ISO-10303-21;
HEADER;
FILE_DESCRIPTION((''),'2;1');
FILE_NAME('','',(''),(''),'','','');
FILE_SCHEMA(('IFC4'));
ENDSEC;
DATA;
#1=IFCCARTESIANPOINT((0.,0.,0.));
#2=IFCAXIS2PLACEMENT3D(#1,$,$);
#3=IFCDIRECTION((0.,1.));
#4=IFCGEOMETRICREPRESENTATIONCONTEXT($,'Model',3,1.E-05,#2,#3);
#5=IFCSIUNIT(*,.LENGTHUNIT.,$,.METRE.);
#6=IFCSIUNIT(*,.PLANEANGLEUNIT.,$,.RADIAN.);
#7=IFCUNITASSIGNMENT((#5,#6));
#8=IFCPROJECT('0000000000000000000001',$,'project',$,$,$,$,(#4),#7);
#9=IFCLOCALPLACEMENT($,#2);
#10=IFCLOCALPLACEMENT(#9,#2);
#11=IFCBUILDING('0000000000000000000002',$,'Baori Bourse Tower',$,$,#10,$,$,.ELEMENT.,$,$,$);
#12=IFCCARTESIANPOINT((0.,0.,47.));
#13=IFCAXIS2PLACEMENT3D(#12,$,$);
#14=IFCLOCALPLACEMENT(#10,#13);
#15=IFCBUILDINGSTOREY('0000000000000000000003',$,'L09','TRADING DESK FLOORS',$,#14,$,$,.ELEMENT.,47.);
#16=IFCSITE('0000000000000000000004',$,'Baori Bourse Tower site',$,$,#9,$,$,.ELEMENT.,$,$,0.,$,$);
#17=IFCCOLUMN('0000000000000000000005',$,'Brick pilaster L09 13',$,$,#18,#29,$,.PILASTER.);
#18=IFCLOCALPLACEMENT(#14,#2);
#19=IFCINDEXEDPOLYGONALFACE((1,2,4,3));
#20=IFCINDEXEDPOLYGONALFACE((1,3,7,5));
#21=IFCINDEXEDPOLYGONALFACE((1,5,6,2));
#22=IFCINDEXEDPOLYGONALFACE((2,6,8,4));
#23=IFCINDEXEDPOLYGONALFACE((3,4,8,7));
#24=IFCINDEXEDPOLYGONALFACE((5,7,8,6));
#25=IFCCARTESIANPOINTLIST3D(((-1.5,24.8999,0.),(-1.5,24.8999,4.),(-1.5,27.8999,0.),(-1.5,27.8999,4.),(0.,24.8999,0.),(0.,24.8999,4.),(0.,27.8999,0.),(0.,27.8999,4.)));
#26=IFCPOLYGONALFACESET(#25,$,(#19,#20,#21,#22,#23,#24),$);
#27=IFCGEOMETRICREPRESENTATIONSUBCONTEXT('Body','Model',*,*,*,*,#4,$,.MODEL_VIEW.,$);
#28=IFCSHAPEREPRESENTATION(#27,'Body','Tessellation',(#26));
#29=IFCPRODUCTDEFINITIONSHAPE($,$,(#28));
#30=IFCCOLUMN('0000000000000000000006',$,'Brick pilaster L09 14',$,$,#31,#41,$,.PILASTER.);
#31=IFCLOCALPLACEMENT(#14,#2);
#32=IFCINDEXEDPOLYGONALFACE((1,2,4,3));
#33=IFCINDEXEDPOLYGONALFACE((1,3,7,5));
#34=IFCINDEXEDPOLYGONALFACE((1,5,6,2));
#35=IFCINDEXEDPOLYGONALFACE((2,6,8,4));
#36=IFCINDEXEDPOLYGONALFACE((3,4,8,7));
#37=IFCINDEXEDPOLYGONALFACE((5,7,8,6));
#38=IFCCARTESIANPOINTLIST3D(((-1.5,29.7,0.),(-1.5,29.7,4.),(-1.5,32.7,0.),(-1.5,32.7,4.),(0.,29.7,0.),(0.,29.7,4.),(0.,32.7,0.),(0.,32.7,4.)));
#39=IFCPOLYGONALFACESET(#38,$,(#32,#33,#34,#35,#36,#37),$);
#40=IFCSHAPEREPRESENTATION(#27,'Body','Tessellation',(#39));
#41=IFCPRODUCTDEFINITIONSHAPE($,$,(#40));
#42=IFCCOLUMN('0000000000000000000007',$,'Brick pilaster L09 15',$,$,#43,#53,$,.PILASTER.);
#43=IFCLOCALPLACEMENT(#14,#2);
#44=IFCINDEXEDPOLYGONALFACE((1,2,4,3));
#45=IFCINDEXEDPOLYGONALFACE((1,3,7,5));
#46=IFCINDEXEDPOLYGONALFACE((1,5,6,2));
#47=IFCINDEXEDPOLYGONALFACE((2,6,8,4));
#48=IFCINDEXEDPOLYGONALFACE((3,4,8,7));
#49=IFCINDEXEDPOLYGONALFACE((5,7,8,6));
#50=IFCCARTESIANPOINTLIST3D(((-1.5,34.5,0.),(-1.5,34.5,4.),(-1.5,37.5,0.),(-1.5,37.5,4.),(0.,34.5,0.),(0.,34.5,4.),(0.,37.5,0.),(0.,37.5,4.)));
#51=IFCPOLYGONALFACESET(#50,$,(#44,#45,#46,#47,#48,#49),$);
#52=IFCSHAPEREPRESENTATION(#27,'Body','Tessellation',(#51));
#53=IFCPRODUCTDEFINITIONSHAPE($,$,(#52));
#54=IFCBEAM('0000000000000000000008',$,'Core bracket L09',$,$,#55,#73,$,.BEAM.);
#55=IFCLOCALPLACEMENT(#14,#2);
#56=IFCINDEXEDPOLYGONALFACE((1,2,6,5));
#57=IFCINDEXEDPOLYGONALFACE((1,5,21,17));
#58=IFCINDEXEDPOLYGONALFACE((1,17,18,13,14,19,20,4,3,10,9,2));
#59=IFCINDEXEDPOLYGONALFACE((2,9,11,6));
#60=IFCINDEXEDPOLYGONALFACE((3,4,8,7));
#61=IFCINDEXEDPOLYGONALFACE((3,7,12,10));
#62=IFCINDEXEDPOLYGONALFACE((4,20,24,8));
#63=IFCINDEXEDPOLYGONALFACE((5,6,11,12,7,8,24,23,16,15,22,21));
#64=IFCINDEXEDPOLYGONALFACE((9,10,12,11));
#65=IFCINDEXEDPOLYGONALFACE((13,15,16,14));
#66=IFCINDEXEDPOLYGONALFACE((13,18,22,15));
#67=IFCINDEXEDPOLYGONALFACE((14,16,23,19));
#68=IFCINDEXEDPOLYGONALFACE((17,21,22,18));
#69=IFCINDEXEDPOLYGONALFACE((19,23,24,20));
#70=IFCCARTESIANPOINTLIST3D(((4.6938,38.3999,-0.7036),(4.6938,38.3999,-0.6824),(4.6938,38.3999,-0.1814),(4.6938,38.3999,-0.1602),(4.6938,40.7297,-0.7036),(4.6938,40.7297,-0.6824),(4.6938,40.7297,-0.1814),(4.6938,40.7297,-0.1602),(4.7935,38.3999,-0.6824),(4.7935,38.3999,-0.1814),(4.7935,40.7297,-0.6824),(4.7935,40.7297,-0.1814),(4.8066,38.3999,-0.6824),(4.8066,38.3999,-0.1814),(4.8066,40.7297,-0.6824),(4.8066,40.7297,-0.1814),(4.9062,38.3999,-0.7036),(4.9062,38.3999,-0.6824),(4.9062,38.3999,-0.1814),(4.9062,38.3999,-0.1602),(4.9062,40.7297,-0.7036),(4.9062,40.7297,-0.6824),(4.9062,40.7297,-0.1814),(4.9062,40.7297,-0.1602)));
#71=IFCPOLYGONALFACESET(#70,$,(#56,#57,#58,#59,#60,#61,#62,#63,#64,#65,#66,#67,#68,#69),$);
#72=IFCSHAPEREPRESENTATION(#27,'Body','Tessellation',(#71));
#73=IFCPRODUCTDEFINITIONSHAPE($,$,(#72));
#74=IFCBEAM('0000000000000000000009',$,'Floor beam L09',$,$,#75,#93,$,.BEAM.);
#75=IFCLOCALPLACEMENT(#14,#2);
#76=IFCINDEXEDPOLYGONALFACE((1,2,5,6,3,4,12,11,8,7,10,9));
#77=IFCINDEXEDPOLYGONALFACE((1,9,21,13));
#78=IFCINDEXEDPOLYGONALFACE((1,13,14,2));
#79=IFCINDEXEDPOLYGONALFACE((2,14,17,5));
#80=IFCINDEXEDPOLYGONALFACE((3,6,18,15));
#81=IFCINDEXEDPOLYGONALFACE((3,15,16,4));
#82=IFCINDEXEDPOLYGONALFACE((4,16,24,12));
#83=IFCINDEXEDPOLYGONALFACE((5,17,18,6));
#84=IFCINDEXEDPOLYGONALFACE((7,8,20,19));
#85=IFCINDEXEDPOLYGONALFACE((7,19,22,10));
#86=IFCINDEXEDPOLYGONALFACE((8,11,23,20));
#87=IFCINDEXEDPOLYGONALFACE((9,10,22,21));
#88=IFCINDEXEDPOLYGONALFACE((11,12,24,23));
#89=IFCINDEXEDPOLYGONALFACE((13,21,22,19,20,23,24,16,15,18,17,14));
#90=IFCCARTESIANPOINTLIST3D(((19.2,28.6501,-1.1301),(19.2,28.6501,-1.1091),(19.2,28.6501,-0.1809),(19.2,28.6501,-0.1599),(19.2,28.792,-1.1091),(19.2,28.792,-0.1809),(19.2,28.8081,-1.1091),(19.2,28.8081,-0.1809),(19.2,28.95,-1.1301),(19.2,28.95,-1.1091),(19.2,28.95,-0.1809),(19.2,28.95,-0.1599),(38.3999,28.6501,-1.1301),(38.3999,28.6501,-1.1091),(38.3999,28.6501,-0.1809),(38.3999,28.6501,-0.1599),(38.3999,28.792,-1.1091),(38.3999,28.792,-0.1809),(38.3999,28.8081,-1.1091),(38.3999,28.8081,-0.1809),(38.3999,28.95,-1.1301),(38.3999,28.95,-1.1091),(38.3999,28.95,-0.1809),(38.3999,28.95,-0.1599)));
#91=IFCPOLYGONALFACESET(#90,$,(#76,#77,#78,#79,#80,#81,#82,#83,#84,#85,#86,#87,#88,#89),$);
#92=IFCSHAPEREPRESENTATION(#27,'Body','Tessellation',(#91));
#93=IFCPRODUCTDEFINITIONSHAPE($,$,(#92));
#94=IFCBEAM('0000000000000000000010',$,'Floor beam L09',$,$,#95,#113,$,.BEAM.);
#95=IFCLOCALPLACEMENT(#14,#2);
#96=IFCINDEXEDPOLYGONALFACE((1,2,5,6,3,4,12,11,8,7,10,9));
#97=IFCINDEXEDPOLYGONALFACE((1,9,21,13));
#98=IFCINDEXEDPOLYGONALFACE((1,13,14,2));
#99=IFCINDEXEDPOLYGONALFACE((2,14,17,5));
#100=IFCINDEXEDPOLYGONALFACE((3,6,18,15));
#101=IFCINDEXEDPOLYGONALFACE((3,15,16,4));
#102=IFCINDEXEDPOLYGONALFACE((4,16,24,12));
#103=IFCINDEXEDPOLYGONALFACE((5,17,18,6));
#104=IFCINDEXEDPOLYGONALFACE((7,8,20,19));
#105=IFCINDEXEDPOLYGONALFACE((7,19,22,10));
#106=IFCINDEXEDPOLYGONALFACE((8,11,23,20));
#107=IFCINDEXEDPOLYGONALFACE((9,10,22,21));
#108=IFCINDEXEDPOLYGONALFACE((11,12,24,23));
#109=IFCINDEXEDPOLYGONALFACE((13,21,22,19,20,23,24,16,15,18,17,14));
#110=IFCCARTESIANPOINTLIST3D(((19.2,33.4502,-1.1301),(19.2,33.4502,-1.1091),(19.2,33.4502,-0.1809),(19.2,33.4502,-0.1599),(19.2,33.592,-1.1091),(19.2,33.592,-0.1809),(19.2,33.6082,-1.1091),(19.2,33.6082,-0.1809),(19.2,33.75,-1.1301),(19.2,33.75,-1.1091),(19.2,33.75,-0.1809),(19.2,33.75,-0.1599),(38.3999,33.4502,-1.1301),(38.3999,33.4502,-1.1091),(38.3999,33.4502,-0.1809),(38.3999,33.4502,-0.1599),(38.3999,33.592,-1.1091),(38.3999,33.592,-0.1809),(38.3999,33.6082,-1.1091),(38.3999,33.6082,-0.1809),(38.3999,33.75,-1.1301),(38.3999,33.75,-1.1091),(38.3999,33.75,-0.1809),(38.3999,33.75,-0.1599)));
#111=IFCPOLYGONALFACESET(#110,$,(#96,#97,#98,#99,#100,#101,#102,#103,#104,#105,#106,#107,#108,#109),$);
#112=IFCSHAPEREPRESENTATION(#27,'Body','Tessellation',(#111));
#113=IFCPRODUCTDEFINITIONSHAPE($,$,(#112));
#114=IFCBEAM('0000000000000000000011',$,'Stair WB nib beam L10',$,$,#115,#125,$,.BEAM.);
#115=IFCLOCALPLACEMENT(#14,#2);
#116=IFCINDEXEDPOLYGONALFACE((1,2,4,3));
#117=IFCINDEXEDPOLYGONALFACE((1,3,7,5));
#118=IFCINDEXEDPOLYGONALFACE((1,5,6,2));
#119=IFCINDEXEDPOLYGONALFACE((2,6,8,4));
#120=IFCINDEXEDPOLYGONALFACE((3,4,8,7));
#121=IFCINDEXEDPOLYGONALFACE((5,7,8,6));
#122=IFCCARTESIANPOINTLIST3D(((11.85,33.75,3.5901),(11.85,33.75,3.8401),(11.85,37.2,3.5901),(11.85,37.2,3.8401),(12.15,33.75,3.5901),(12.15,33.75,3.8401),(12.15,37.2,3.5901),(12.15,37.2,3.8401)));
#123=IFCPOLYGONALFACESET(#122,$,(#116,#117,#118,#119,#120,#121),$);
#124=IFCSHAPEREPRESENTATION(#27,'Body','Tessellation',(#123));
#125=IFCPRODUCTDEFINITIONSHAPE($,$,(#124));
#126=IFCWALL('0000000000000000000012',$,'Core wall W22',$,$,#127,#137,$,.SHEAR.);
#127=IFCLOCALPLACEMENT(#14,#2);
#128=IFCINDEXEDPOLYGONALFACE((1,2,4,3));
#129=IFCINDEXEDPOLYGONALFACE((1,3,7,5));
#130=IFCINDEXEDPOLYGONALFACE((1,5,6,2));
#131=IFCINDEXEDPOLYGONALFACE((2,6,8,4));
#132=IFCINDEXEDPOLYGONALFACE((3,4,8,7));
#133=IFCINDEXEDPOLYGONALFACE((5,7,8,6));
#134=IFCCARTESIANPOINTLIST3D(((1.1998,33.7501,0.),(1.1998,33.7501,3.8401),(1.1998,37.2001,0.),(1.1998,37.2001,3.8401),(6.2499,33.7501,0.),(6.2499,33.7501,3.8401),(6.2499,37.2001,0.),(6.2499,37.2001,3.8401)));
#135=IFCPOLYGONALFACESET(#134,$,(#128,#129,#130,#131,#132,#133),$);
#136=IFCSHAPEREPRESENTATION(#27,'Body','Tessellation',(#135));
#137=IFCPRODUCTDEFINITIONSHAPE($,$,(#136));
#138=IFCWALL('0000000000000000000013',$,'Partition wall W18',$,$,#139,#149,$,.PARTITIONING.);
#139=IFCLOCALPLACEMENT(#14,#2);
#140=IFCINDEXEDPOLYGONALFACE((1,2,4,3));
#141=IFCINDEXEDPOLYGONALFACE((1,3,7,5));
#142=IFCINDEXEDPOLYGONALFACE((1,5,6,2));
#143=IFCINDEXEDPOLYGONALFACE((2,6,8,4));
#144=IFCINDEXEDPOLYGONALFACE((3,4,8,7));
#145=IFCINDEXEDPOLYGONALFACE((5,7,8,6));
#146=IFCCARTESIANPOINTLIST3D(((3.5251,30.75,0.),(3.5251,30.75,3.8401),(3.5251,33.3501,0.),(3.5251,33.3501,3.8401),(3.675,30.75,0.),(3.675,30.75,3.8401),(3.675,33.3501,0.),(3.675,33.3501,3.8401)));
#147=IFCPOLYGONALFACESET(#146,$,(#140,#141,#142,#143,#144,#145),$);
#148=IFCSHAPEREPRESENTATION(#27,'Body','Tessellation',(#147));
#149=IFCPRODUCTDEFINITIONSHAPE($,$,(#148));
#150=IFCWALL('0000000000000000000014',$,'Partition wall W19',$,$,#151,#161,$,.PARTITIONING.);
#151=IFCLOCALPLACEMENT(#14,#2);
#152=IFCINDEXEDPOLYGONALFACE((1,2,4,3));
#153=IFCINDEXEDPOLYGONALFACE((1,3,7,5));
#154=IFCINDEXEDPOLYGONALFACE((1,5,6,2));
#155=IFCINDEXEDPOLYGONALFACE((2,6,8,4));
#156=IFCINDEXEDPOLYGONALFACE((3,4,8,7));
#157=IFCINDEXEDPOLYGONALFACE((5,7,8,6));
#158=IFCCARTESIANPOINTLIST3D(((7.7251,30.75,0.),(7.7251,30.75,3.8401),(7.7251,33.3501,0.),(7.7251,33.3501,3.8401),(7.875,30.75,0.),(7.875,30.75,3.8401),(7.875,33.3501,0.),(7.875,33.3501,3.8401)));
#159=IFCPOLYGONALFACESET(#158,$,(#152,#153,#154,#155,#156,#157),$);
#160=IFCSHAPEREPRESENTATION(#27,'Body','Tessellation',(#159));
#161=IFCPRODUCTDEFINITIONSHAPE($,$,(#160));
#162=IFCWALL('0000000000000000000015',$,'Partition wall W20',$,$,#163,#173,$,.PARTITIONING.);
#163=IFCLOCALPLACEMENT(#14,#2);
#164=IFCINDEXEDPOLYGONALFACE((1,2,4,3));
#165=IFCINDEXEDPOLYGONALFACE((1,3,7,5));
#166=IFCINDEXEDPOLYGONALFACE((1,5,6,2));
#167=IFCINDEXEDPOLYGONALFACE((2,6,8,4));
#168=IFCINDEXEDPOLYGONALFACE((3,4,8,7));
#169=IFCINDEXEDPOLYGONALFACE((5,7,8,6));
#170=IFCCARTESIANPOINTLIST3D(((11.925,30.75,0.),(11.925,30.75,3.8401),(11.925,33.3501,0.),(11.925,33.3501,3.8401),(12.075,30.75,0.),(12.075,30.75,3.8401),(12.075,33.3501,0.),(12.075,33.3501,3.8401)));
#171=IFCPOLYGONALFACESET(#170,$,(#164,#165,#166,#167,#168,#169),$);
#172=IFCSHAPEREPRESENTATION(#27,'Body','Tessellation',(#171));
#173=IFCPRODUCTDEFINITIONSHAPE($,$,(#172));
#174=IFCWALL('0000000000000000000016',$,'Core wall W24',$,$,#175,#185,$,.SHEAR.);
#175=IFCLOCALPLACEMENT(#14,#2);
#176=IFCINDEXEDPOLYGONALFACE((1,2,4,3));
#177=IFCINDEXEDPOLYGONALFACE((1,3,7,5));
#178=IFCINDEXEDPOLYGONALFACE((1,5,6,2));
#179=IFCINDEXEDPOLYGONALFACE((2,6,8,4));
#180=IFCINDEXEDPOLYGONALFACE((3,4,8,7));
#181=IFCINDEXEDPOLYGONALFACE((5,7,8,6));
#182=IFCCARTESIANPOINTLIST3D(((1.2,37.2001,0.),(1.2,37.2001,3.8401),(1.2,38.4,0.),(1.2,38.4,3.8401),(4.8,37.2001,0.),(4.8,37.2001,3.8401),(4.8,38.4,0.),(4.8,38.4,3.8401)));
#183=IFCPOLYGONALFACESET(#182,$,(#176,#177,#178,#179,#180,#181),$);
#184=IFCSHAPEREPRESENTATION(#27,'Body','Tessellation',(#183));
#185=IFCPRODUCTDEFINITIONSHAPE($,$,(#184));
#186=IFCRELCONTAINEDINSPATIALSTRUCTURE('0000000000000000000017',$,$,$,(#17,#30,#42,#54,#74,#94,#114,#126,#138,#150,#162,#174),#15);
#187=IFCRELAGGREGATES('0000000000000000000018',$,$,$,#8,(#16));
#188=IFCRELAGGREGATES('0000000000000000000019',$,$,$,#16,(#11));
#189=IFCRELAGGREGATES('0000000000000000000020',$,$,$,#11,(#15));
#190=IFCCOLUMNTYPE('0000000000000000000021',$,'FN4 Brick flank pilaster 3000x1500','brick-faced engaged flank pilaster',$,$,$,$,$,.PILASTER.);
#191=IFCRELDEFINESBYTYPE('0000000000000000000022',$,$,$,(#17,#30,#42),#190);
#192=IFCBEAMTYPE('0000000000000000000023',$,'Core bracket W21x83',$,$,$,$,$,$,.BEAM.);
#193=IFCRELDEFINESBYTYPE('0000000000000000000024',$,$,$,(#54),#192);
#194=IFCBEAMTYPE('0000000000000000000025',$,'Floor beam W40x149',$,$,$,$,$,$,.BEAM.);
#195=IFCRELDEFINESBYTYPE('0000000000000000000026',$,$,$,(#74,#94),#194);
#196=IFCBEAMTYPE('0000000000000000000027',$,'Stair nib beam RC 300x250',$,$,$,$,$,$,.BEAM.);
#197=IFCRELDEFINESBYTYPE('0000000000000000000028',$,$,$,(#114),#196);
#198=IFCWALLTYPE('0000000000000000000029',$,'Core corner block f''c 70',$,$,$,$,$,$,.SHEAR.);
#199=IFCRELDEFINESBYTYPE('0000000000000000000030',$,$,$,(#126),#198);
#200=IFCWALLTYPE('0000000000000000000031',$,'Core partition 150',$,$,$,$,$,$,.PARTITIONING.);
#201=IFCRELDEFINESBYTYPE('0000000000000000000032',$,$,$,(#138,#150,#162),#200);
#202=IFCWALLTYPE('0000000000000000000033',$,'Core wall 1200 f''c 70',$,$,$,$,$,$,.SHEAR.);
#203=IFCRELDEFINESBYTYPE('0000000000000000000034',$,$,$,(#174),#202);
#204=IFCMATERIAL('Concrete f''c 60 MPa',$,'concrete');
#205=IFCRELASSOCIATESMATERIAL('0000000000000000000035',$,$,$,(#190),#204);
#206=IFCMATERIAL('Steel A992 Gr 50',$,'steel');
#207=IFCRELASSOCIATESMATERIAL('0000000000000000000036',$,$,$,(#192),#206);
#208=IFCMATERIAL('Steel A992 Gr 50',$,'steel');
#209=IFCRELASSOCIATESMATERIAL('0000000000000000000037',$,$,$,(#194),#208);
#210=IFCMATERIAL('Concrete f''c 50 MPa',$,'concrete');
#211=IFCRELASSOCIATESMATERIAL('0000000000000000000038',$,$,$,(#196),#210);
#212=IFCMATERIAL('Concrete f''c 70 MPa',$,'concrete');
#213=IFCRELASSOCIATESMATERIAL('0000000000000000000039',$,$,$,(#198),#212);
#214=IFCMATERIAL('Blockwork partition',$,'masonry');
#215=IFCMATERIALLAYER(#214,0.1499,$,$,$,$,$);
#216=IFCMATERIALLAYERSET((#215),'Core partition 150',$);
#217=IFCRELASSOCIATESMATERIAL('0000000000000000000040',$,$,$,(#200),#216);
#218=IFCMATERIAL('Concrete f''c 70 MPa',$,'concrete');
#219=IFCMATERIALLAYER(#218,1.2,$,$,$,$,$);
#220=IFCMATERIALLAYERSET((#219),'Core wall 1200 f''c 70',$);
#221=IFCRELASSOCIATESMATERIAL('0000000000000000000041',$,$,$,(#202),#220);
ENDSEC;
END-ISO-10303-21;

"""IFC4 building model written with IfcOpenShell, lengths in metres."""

from ifc_helpers import new_model, si_unit, direction, frame, frame_2d, origin, origin_2d, place, context, subcontext, project, spatial, rectangle, i_section, extrude, material, layer, layer_set, material_profile, profile_set, type_object, element, save


model = new_model("IFC4")

# Units and contexts
model_context = context("Model", 3, precision=1e-05, world=origin(), true_north=direction((0.0, 1.0)))
body_context = subcontext(model_context, "Body", "Model", "MODEL_VIEW")
ifc_project = project(units=[si_unit("LENGTHUNIT", "METRE"), si_unit("PLANEANGLEUNIT", "RADIAN")], contexts=[model_context])

# Site, building, storey
site_placement = place(None, origin())
site = spatial("IfcSite", under=ifc_project, at=site_placement, Name="Baori Bourse Tower site", CompositionType="ELEMENT", RefElevation=0.0)
building_placement = place(site_placement, origin())
building = spatial("IfcBuilding", under=site, at=building_placement, Name="Baori Bourse Tower", CompositionType="ELEMENT")
storey_placement = place(building_placement, frame((0.0, 0.0, 47.0)))
storey = spatial("IfcBuildingStorey", under=building, at=storey_placement, Name="L09", Description="TRADING DESK FLOORS", CompositionType="ELEMENT", Elevation=47.0)

# Columns
ifc_material_1 = material(Name="Concrete f'c 60 MPa", Category="concrete")
ifc_material_profile_1 = material_profile(ifc_material_1, rectangle(XDim=3.0, YDim=1.5, at=origin_2d()), Name="RC 3000x1500")
ifc_profile_set_1 = profile_set([ifc_material_profile_1], Name="Concrete f'c 60 MPa")
column_type = type_object("IfcColumnType", Name="FN4 Brick flank pilaster 3000x1500", Description="brick-faced engaged flank pilaster", PredefinedType="PILASTER", material=ifc_profile_set_1)
for number, where, z_axis, x_axis, name in (
    (1, (-0.75, 26.3999, 0.0), (0.0, 0.0, 1.0), (0.0, 1.0, 0.0), "Brick pilaster L09 13"),
    (2, (-0.75, 31.2, 0.0), (0.0, 0.0, 1.0), (0.0, 1.0, 0.0), "Brick pilaster L09 14"),
    (3, (-0.75, 36.0, 0.0), (0.0, 0.0, 1.0), (0.0, 1.0, 0.0), "Brick pilaster L09 15"),
):
    element("IfcColumn", number, at=place(storey_placement, frame(where, z_axis=z_axis, x_axis=x_axis)), inside=storey, type_object=column_type, Name=name, PredefinedType="PILASTER", context=body_context, shape_type="SweptSolid", body=[
        extrude(rectangle(XDim=3.0, YDim=1.5, at=origin_2d()), origin(), (0.0, 0.0, 1.0), 4.0),
    ])

# Beams
ifc_material_2 = material(Name="Steel A992 Gr 50", Category="steel")
ifc_material_profile_2 = material_profile(ifc_material_2, i_section(OverallWidth=0.2124, OverallDepth=0.5435, WebThickness=0.0132, FlangeThickness=0.0212, at=origin_2d()), Name="W21x83")
ifc_profile_set_2 = profile_set([ifc_material_profile_2], Name="Steel A992 Gr 50")
beam_type_1 = type_object("IfcBeamType", Name="Core bracket W21x83", PredefinedType="BEAM", material=ifc_profile_set_2)
beam_1_placement = place(storey_placement, frame((4.8, 38.3999, -0.4319), z_axis=(0.0, 1.0, 0.0), x_axis=(-1.0, 0.0, 0.0)))
element("IfcBeam", 4, at=beam_1_placement, inside=storey, type_object=beam_type_1, Name="Core bracket L09", PredefinedType="BEAM", context=body_context, shape_type="SweptSolid", body=[
    extrude(i_section(OverallWidth=0.2124, OverallDepth=0.5435, WebThickness=0.0132, FlangeThickness=0.0212, at=origin_2d()), origin(), (0.0, 0.0, 1.0), 2.3298),
])
ifc_material_3 = material(Name="Steel A992 Gr 50", Category="steel")
ifc_material_profile_3 = material_profile(ifc_material_3, i_section(OverallWidth=0.2998, OverallDepth=0.9702, WebThickness=0.0161, FlangeThickness=0.021, at=origin_2d()), Name="W40x149")
ifc_profile_set_3 = profile_set([ifc_material_profile_3], Name="Steel A992 Gr 50")
beam_type_2 = type_object("IfcBeamType", Name="Floor beam W40x149", PredefinedType="BEAM", material=ifc_profile_set_3)
for number, where, z_axis, x_axis, name in (
    (5, (19.2, 28.8, -0.645), (1.0, 0.0, 0.0), (0.0, 1.0, 0.0), "Floor beam L09"),
    (6, (19.2, 33.6001, -0.645), (1.0, 0.0, 0.0), (0.0, 1.0, 0.0), "Floor beam L09"),
):
    element("IfcBeam", number, at=place(storey_placement, frame(where, z_axis=z_axis, x_axis=x_axis)), inside=storey, type_object=beam_type_2, Name=name, PredefinedType="BEAM", context=body_context, shape_type="SweptSolid", body=[
        extrude(i_section(OverallWidth=0.2998, OverallDepth=0.9702, WebThickness=0.0161, FlangeThickness=0.021, at=origin_2d()), origin(), (0.0, 0.0, 1.0), 19.2),
    ])
ifc_material_4 = material(Name="Concrete f'c 50 MPa", Category="concrete")
ifc_material_profile_4 = material_profile(ifc_material_4, rectangle(XDim=0.3, YDim=0.25, at=origin_2d()), Name="RC 300x250")
ifc_profile_set_4 = profile_set([ifc_material_profile_4], Name="Concrete f'c 50 MPa")
beam_type_3 = type_object("IfcBeamType", Name="Stair nib beam RC 300x250", PredefinedType="BEAM", material=ifc_profile_set_4)
beam_2_placement = place(storey_placement, frame((12.0, 33.75, 3.7151), z_axis=(0.0, 1.0, 0.0), x_axis=(-1.0, 0.0, 0.0)))
element("IfcBeam", 7, at=beam_2_placement, inside=storey, type_object=beam_type_3, Name="Stair WB nib beam L10", PredefinedType="BEAM", context=body_context, shape_type="SweptSolid", body=[
    extrude(rectangle(XDim=0.3, YDim=0.25, at=origin_2d()), origin(), (0.0, 0.0, 1.0), 3.45),
])

# Walls
ifc_material_5 = material(Name="Concrete f'c 70 MPa", Category="concrete")
wall_type_1 = type_object("IfcWallType", Name="Core corner block f'c 70", PredefinedType="SHEAR", material=ifc_material_5)
wall_1_placement = place(storey_placement, frame((1.2, 35.4751, 0.0), z_axis=(0.0, 0.0, 1.0), x_axis=(1.0, 0.0, 0.0)))
element("IfcWall", 8, at=wall_1_placement, inside=storey, type_object=wall_type_1, Name="Core wall W22", PredefinedType="SHEAR", context=body_context, shape_type="SweptSolid", body=[
    extrude(rectangle(XDim=5.05, YDim=3.45, at=frame_2d((2.5249, 0.0))), origin(), (0.0, 0.0, 1.0), 3.8401),
])
ifc_material_6 = material(Name="Blockwork partition", Category="masonry")
ifc_layer_1 = layer(ifc_material_6, 0.1499)
ifc_layer_set_1 = layer_set([ifc_layer_1], Name="Core partition 150")
wall_type_2 = type_object("IfcWallType", Name="Core partition 150", PredefinedType="PARTITIONING", material=ifc_layer_set_1)
for number, where, z_axis, x_axis, name in (
    (9, (3.6001, 30.75, 0.0), (0.0, 0.0, 1.0), (0.0, 1.0, 0.0), "Partition wall W18"),
    (10, (7.8, 30.75, 0.0), (0.0, 0.0, 1.0), (0.0, 1.0, 0.0), "Partition wall W19"),
    (11, (12.0, 30.75, 0.0), (0.0, 0.0, 1.0), (0.0, 1.0, 0.0), "Partition wall W20"),
):
    element("IfcWall", number, at=place(storey_placement, frame(where, z_axis=z_axis, x_axis=x_axis)), inside=storey, type_object=wall_type_2, Name=name, PredefinedType="PARTITIONING", context=body_context, shape_type="SweptSolid", body=[
        extrude(rectangle(XDim=2.6001, YDim=0.1499, at=frame_2d((1.3, 0.0))), origin(), (0.0, 0.0, 1.0), 3.8401),
    ])
ifc_material_7 = material(Name="Concrete f'c 70 MPa", Category="concrete")
ifc_layer_2 = layer(ifc_material_7, 1.2)
ifc_layer_set_2 = layer_set([ifc_layer_2], Name="Core wall 1200 f'c 70")
wall_type_3 = type_object("IfcWallType", Name="Core wall 1200 f'c 70", PredefinedType="SHEAR", material=ifc_layer_set_2)
wall_2_placement = place(storey_placement, frame((1.2, 37.8, 0.0), z_axis=(0.0, 0.0, 1.0), x_axis=(1.0, 0.0, 0.0)))
element("IfcWall", 12, at=wall_2_placement, inside=storey, type_object=wall_type_3, Name="Core wall W24", PredefinedType="SHEAR", context=body_context, shape_type="SweptSolid", body=[
    extrude(rectangle(XDim=3.6001, YDim=1.2, at=frame_2d((1.8, 0.0))), origin(), (0.0, 0.0, 1.0), 3.8401),
])

save(model, "model.ifc")
